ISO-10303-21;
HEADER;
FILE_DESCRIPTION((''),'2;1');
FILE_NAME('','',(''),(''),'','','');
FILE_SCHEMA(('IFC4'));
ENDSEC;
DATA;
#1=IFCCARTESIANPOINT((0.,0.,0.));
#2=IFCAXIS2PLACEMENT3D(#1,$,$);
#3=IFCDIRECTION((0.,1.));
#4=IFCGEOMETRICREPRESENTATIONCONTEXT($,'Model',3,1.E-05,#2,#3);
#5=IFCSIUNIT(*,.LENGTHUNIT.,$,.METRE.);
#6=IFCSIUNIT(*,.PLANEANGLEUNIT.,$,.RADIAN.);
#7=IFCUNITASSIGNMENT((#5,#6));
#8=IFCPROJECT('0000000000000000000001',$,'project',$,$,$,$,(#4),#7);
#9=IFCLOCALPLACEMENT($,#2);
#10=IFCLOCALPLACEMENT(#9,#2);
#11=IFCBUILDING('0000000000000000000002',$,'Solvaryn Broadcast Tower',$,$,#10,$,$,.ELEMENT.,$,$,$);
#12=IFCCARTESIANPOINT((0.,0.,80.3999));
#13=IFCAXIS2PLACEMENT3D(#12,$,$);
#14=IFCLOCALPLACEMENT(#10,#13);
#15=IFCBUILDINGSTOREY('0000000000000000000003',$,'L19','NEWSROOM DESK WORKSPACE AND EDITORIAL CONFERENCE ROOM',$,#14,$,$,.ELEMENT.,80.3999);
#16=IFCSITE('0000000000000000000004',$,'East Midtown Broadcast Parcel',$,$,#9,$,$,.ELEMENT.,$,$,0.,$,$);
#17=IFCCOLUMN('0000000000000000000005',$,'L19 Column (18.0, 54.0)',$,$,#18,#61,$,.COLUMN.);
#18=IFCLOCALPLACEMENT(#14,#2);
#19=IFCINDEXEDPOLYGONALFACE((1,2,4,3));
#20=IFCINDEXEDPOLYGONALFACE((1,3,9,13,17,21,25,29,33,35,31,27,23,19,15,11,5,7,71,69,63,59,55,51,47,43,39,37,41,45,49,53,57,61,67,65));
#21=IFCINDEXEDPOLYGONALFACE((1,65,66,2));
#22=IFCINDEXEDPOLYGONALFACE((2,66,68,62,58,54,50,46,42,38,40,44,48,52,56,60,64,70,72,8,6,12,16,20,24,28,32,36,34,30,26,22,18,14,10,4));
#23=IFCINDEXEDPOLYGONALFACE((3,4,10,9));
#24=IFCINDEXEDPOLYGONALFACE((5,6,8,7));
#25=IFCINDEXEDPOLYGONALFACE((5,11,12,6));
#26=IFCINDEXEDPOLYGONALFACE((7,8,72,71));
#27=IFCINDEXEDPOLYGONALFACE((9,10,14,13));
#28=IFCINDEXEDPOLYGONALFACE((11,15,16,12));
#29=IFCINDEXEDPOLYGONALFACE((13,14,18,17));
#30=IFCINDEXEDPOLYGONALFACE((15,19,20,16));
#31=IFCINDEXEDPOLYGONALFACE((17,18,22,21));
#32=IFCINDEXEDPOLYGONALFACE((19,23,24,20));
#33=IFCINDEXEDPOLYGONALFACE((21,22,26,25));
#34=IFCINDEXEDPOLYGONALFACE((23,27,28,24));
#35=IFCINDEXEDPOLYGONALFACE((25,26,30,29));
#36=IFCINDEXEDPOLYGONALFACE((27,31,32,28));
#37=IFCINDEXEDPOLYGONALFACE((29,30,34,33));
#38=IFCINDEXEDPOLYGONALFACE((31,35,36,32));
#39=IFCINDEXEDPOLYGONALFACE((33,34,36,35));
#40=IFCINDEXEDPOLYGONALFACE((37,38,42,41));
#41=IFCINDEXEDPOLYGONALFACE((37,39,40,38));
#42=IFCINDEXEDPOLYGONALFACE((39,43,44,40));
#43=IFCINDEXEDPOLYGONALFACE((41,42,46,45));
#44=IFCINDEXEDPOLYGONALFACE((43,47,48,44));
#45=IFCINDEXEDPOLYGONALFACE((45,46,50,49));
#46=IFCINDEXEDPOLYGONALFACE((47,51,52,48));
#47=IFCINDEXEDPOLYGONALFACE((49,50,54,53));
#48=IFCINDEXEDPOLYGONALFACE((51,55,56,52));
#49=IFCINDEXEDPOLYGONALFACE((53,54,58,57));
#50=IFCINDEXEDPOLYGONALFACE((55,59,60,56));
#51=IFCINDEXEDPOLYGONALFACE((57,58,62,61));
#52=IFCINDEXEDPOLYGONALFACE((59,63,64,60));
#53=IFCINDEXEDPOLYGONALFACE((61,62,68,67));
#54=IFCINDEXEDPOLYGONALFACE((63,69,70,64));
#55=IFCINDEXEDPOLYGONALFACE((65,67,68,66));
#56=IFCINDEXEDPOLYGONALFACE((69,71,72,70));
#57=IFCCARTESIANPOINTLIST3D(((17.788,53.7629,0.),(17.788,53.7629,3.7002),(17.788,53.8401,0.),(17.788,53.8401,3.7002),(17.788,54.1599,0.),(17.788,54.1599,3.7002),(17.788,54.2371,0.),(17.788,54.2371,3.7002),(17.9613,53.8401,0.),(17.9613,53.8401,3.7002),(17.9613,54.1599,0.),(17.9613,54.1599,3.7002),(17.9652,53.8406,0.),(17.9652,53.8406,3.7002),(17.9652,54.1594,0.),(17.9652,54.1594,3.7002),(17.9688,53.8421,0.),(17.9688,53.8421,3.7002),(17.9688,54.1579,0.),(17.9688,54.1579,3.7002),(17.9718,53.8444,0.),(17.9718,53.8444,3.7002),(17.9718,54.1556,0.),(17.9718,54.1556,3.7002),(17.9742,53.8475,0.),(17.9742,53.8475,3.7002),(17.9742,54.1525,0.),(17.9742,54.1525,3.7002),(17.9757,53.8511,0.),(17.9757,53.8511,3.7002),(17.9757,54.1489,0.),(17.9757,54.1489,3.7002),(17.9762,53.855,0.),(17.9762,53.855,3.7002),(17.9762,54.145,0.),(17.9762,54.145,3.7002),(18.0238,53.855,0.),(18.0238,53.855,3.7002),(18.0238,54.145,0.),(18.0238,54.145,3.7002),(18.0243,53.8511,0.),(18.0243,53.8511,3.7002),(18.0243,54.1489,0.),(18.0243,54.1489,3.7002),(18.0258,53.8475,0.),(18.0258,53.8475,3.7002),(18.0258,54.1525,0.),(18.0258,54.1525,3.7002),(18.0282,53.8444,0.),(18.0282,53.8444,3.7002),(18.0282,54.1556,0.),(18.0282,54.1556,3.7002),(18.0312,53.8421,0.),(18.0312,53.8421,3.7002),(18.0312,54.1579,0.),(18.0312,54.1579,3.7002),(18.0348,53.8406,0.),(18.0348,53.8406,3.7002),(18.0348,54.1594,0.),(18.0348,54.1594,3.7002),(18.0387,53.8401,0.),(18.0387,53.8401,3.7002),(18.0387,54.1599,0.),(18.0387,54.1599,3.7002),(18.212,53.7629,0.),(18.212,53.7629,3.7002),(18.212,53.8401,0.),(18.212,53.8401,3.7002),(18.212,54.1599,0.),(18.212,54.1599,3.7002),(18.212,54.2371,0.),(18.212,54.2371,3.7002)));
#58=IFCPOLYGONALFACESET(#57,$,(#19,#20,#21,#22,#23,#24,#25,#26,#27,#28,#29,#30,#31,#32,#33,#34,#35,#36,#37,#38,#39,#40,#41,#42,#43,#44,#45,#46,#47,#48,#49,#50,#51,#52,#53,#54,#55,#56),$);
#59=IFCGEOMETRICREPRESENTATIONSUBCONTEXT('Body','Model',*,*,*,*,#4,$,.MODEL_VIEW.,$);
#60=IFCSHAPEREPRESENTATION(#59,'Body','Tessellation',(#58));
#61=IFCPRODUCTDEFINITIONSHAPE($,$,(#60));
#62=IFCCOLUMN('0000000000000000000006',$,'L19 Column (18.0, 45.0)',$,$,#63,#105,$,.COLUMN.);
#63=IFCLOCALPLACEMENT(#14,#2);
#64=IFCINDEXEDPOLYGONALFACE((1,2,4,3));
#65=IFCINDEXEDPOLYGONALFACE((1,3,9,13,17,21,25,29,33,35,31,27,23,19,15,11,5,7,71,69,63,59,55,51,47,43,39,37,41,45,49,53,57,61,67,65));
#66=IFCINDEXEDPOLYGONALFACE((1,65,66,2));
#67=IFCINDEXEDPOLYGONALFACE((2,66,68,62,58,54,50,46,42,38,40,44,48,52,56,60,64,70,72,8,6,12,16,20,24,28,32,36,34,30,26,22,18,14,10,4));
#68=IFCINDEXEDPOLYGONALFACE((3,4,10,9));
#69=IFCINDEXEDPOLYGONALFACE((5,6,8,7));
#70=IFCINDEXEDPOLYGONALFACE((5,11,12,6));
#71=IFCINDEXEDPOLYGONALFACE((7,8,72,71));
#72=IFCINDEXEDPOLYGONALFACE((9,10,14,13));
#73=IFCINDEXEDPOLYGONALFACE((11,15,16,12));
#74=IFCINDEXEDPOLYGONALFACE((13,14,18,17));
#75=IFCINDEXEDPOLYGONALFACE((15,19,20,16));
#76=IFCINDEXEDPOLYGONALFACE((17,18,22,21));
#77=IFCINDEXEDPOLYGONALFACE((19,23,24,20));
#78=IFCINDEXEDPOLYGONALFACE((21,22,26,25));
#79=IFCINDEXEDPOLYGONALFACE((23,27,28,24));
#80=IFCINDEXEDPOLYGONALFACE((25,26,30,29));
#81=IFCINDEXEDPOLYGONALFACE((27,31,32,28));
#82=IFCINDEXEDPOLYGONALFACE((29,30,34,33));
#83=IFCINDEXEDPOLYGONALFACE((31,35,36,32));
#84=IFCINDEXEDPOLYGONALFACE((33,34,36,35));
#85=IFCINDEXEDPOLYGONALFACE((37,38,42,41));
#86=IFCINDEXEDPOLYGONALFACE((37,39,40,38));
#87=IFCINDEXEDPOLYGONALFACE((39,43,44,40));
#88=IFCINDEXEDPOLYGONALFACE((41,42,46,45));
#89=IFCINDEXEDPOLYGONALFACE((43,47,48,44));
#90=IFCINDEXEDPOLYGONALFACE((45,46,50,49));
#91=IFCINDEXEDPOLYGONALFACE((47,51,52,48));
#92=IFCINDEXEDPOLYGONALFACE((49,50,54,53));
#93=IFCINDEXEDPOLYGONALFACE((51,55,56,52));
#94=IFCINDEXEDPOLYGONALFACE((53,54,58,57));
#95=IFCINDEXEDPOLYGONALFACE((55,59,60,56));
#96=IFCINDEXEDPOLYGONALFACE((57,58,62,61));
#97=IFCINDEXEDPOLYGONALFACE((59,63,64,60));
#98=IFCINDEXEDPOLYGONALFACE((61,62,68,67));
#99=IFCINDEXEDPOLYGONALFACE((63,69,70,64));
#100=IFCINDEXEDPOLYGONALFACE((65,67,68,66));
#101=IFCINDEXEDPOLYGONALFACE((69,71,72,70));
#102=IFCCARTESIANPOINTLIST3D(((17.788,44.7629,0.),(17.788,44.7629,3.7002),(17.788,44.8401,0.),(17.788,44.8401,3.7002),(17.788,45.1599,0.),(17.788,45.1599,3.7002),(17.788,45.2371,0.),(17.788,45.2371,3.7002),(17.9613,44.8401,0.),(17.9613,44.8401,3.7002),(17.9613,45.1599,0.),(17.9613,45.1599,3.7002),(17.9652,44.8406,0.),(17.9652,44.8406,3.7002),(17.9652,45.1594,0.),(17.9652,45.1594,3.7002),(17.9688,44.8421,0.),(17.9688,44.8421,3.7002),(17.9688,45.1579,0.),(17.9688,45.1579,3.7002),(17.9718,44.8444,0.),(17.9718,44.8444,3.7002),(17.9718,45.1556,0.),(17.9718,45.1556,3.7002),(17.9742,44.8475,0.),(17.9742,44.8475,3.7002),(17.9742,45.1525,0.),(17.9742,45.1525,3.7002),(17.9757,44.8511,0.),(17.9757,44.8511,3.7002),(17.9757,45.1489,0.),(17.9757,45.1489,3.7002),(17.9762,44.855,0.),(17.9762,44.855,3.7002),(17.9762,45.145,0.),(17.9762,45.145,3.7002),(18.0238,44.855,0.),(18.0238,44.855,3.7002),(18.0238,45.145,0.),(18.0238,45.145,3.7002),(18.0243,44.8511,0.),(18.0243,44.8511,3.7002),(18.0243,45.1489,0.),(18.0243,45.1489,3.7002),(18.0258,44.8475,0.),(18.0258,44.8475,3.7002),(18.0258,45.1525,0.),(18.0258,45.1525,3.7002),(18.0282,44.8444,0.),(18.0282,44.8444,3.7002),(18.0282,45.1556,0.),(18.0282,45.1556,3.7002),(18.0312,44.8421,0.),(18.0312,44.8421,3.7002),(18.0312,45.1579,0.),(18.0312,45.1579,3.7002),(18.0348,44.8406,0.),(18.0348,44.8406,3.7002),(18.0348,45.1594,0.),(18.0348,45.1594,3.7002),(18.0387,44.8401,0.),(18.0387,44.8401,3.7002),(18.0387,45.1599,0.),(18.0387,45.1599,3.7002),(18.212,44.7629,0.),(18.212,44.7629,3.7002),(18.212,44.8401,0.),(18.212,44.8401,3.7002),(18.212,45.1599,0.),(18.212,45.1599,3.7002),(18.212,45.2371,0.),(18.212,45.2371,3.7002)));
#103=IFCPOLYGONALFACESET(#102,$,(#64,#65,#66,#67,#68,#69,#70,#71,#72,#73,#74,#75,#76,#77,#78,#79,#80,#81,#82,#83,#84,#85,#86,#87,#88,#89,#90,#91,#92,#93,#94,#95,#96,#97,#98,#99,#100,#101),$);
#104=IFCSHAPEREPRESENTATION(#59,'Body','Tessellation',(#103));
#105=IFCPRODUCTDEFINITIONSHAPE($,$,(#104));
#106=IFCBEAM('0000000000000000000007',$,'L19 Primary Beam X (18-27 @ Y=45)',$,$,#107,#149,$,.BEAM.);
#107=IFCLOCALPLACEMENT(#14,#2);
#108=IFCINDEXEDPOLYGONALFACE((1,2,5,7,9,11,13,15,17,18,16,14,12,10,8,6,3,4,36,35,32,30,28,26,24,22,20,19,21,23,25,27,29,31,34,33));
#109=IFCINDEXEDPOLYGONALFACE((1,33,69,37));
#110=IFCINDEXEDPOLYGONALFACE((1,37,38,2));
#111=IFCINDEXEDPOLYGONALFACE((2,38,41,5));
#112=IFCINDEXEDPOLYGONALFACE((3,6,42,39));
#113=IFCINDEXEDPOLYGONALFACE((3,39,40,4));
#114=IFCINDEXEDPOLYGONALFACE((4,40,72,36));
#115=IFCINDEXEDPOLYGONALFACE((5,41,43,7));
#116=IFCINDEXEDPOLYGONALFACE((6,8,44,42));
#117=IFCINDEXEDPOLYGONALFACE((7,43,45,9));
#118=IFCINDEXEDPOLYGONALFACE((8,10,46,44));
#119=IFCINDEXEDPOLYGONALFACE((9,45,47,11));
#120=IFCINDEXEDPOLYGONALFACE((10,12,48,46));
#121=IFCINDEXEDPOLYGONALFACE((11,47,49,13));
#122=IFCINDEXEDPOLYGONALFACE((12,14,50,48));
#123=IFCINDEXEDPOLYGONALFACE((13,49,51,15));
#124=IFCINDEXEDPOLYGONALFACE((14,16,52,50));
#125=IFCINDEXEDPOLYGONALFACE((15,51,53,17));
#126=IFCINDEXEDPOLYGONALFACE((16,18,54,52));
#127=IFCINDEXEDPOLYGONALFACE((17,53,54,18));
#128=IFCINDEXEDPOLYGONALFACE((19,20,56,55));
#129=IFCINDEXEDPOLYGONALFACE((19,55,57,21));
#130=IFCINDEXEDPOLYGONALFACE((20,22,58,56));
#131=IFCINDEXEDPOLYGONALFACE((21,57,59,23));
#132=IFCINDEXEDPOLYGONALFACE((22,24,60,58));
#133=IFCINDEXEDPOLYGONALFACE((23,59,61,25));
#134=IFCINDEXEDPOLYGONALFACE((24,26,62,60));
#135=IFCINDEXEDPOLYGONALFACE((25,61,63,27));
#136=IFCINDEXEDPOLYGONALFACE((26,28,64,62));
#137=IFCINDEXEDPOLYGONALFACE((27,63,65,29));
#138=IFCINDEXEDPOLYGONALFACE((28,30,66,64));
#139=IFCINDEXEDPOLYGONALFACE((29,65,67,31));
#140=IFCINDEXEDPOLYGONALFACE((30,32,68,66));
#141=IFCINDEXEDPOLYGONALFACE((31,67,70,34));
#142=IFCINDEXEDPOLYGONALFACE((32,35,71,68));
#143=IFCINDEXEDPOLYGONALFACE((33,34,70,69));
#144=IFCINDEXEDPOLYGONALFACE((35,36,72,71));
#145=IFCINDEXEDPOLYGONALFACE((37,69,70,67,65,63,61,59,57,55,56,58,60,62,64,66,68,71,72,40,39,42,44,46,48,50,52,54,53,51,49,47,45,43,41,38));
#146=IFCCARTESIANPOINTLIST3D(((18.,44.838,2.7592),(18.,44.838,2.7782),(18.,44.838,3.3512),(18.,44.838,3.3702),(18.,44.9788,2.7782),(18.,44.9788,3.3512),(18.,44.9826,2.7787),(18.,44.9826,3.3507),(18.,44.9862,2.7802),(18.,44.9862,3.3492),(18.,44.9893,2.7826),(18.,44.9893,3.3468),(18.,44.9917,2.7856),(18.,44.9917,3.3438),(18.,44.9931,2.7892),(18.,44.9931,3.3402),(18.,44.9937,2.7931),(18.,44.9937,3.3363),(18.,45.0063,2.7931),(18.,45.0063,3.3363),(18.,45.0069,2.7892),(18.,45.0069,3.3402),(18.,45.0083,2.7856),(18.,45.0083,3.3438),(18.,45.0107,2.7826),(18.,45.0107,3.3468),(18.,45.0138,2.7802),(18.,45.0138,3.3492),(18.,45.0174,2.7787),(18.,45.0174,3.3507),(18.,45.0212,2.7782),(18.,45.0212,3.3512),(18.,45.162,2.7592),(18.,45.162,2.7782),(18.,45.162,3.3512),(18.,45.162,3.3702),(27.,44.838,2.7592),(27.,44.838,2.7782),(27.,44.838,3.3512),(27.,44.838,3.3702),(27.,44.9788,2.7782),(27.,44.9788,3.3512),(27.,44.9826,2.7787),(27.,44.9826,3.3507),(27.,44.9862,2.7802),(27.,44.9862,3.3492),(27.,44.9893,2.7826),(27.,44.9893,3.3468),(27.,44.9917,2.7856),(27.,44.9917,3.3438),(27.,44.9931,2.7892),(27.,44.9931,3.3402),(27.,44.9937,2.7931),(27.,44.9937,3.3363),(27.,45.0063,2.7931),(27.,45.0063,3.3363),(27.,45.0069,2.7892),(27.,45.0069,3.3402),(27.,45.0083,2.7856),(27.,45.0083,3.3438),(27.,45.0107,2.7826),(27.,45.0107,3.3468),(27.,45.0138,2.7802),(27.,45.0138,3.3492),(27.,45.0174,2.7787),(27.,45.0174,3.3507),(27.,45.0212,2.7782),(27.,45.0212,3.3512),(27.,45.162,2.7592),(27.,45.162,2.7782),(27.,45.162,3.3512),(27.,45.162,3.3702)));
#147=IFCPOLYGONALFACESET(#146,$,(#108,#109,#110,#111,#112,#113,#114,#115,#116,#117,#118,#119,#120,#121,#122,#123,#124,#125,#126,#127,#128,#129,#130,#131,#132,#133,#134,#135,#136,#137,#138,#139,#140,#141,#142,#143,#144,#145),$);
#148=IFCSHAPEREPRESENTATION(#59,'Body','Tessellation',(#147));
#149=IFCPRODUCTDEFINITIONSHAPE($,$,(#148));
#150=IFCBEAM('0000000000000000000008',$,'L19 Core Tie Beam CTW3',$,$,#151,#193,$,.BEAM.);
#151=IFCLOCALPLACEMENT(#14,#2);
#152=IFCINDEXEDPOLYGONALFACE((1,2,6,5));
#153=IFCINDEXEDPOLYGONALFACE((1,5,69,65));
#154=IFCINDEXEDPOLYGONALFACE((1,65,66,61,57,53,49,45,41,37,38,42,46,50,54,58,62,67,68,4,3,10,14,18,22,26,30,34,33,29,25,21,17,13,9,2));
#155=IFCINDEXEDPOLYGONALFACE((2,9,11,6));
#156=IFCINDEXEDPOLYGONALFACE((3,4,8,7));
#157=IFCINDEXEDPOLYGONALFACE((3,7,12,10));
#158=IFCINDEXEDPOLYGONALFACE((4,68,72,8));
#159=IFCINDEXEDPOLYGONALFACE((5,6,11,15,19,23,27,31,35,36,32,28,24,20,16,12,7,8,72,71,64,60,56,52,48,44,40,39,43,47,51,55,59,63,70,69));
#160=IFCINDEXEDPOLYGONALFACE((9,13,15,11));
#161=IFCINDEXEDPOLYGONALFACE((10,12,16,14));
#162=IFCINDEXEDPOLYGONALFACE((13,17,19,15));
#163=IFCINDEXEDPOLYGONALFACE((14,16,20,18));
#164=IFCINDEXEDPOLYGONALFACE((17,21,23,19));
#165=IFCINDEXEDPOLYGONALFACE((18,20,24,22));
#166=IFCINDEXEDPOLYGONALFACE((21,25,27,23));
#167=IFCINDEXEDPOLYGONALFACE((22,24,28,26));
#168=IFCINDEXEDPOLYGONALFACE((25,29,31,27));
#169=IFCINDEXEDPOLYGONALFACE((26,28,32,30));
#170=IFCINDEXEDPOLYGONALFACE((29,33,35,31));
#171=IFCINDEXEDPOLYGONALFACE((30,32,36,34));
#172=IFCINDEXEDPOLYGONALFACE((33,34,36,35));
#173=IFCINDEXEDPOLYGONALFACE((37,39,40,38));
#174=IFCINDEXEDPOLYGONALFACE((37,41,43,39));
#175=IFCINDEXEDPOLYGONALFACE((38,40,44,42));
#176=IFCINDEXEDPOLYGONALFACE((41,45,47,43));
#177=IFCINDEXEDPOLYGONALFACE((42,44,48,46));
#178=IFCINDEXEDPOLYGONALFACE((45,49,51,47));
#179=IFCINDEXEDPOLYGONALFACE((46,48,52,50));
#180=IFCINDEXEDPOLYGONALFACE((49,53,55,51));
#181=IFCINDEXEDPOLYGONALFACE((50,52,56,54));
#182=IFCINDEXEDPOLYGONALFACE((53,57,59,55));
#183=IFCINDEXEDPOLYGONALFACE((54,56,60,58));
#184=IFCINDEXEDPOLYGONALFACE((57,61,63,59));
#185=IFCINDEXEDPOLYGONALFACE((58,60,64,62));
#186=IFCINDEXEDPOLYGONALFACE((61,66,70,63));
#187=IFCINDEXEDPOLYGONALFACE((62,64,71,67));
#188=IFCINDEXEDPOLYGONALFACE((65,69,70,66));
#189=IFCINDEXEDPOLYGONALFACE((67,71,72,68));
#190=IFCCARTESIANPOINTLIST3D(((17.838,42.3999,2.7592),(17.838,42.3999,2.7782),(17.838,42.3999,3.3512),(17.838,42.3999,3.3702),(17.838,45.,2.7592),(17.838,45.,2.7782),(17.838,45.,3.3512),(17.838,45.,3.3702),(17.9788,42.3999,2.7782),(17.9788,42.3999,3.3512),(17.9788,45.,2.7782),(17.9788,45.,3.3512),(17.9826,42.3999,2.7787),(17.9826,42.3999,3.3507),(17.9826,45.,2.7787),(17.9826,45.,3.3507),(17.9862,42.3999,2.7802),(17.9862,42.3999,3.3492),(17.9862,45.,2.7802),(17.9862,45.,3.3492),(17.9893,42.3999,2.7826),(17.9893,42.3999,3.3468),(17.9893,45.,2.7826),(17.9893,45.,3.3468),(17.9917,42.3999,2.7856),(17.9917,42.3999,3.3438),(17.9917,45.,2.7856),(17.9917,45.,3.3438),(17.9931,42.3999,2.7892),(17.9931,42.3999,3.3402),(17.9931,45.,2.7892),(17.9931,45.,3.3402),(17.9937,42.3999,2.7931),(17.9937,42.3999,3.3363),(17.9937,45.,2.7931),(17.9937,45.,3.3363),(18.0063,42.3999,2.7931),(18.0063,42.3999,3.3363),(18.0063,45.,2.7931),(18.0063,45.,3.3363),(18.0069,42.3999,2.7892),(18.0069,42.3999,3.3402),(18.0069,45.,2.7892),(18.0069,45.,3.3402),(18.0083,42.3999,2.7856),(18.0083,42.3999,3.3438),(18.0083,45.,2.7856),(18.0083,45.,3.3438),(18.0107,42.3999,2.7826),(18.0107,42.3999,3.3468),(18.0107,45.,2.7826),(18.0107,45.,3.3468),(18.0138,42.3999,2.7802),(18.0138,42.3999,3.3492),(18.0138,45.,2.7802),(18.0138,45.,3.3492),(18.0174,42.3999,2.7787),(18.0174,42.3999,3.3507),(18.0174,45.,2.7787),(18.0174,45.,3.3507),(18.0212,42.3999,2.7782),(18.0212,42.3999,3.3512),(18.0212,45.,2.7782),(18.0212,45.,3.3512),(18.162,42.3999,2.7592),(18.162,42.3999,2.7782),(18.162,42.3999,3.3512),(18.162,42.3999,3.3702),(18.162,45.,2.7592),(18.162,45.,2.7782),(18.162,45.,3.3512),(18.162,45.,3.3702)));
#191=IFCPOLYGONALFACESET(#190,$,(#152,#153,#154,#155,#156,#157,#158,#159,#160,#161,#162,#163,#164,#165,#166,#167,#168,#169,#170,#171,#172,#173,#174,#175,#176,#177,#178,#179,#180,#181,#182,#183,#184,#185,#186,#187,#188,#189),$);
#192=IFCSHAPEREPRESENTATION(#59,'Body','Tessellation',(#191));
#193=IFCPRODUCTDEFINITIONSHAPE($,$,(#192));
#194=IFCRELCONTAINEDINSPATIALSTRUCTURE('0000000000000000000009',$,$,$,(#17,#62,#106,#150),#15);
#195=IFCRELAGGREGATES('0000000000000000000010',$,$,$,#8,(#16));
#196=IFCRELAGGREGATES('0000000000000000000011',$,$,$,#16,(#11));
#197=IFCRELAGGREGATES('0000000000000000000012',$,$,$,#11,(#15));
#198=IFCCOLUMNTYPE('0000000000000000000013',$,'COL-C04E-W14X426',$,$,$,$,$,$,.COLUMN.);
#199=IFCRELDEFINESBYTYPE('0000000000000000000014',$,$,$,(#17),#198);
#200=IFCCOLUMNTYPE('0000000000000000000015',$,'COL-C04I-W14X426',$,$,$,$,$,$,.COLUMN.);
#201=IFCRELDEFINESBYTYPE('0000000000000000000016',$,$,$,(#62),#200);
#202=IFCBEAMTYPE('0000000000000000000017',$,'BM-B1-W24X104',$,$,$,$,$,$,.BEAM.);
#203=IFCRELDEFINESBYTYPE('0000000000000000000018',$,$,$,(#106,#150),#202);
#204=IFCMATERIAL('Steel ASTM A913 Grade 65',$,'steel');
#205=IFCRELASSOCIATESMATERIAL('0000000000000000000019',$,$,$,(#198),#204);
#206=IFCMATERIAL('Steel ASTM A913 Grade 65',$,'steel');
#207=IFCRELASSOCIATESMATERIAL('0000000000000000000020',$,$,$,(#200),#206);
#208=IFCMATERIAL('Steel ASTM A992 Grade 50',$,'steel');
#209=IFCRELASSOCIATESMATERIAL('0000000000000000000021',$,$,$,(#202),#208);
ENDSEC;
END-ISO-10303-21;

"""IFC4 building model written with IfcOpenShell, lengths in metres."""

from ifc_helpers import new_model, si_unit, direction, frame, origin, origin_2d, place, context, subcontext, project, spatial, i_section, extrude, material, material_profile, profile_set, type_object, element, save


model = new_model("IFC4")

# Units and contexts
model_context = context("Model", 3, precision=1e-05, world=origin(), true_north=direction((0.0, 1.0)))
body_context = subcontext(model_context, "Body", "Model", "MODEL_VIEW")
ifc_project = project(units=[si_unit("LENGTHUNIT", "METRE"), si_unit("PLANEANGLEUNIT", "RADIAN")], contexts=[model_context])

# Site, building, storey
site_placement = place(None, origin())
site = spatial("IfcSite", under=ifc_project, at=site_placement, Name="East Midtown Broadcast Parcel", CompositionType="ELEMENT", RefElevation=0.0)
building_placement = place(site_placement, origin())
building = spatial("IfcBuilding", under=site, at=building_placement, Name="Solvaryn Broadcast Tower", CompositionType="ELEMENT")
storey_placement = place(building_placement, frame((0.0, 0.0, 80.3999)))
storey = spatial("IfcBuildingStorey", under=building, at=storey_placement, Name="L19", Description="NEWSROOM DESK WORKSPACE AND EDITORIAL CONFERENCE ROOM", CompositionType="ELEMENT", Elevation=80.3999)

# Columns
ifc_material_1 = material(Name="Steel ASTM A913 Grade 65", Category="steel")
ifc_material_profile_1 = material_profile(ifc_material_1, i_section(OverallWidth=0.4241, OverallDepth=0.4741, WebThickness=0.0476, FlangeThickness=0.0771, FilletRadius=0.0149, at=origin_2d()))
ifc_profile_set_1 = profile_set([ifc_material_profile_1], Name="Steel ASTM A913 Grade 65")
column_type_1 = type_object("IfcColumnType", Name="COL-C04E-W14X426", PredefinedType="COLUMN", material=ifc_profile_set_1)
column_1_placement = place(storey_placement, frame((18.0, 54.0, 0.0), z_axis=(0.0, 0.0, 1.0), x_axis=(1.0, 0.0, 0.0)))
element("IfcColumn", 1, at=column_1_placement, inside=storey, type_object=column_type_1, Name="L19 Column (18.0, 54.0)", PredefinedType="COLUMN", context=body_context, shape_type="SweptSolid", body=[
    extrude(i_section(OverallWidth=0.4241, OverallDepth=0.4741, WebThickness=0.0476, FlangeThickness=0.0771, FilletRadius=0.0149, at=origin_2d()), origin(), (0.0, 0.0, 1.0), 3.7002),
])
ifc_material_2 = material(Name="Steel ASTM A913 Grade 65", Category="steel")
ifc_material_profile_2 = material_profile(ifc_material_2, i_section(OverallWidth=0.4241, OverallDepth=0.4741, WebThickness=0.0476, FlangeThickness=0.0771, FilletRadius=0.0149, at=origin_2d()))
ifc_profile_set_2 = profile_set([ifc_material_profile_2], Name="Steel ASTM A913 Grade 65")
column_type_2 = type_object("IfcColumnType", Name="COL-C04I-W14X426", PredefinedType="COLUMN", material=ifc_profile_set_2)
column_2_placement = place(storey_placement, frame((18.0, 45.0, 0.0), z_axis=(0.0, 0.0, 1.0), x_axis=(1.0, 0.0, 0.0)))
element("IfcColumn", 2, at=column_2_placement, inside=storey, type_object=column_type_2, Name="L19 Column (18.0, 45.0)", PredefinedType="COLUMN", context=body_context, shape_type="SweptSolid", body=[
    extrude(i_section(OverallWidth=0.4241, OverallDepth=0.4741, WebThickness=0.0476, FlangeThickness=0.0771, FilletRadius=0.0149, at=origin_2d()), origin(), (0.0, 0.0, 1.0), 3.7002),
])

# Beams
ifc_material_3 = material(Name="Steel ASTM A992 Grade 50", Category="steel")
ifc_material_profile_3 = material_profile(ifc_material_3, i_section(OverallWidth=0.324, OverallDepth=0.6111, WebThickness=0.0127, FlangeThickness=0.019, FilletRadius=0.0149, at=origin_2d()))
ifc_profile_set_3 = profile_set([ifc_material_profile_3], Name="Steel ASTM A992 Grade 50")
beam_type_1 = type_object("IfcBeamType", Name="BM-B1-W24X104", PredefinedType="BEAM", material=ifc_profile_set_3)
beam_1_placement = place(storey_placement, frame((18.0, 45.0, 3.0647), z_axis=(1.0, 0.0, 0.0), x_axis=(0.0, 1.0, 0.0)))
element("IfcBeam", 3, at=beam_1_placement, inside=storey, type_object=beam_type_1, Name="L19 Primary Beam X (18-27 @ Y=45)", PredefinedType="BEAM", context=body_context, shape_type="SweptSolid", body=[
    extrude(i_section(OverallWidth=0.324, OverallDepth=0.6111, WebThickness=0.0127, FlangeThickness=0.019, FilletRadius=0.0149, at=origin_2d()), origin(), (0.0, 0.0, 1.0), 9.0),
])
beam_2_placement = place(storey_placement, frame((18.0, 42.3999, 3.0647), z_axis=(0.0, 1.0, 0.0), x_axis=(-1.0, 0.0, 0.0)))
element("IfcBeam", 4, at=beam_2_placement, inside=storey, type_object=beam_type_1, Name="L19 Core Tie Beam CTW3", PredefinedType="BEAM", context=body_context, shape_type="SweptSolid", body=[
    extrude(i_section(OverallWidth=0.324, OverallDepth=0.6111, WebThickness=0.0127, FlangeThickness=0.019, FilletRadius=0.0149, at=origin_2d()), origin(), (0.0, 0.0, 1.0), 2.6001),
])

save(model, "model.ifc")
